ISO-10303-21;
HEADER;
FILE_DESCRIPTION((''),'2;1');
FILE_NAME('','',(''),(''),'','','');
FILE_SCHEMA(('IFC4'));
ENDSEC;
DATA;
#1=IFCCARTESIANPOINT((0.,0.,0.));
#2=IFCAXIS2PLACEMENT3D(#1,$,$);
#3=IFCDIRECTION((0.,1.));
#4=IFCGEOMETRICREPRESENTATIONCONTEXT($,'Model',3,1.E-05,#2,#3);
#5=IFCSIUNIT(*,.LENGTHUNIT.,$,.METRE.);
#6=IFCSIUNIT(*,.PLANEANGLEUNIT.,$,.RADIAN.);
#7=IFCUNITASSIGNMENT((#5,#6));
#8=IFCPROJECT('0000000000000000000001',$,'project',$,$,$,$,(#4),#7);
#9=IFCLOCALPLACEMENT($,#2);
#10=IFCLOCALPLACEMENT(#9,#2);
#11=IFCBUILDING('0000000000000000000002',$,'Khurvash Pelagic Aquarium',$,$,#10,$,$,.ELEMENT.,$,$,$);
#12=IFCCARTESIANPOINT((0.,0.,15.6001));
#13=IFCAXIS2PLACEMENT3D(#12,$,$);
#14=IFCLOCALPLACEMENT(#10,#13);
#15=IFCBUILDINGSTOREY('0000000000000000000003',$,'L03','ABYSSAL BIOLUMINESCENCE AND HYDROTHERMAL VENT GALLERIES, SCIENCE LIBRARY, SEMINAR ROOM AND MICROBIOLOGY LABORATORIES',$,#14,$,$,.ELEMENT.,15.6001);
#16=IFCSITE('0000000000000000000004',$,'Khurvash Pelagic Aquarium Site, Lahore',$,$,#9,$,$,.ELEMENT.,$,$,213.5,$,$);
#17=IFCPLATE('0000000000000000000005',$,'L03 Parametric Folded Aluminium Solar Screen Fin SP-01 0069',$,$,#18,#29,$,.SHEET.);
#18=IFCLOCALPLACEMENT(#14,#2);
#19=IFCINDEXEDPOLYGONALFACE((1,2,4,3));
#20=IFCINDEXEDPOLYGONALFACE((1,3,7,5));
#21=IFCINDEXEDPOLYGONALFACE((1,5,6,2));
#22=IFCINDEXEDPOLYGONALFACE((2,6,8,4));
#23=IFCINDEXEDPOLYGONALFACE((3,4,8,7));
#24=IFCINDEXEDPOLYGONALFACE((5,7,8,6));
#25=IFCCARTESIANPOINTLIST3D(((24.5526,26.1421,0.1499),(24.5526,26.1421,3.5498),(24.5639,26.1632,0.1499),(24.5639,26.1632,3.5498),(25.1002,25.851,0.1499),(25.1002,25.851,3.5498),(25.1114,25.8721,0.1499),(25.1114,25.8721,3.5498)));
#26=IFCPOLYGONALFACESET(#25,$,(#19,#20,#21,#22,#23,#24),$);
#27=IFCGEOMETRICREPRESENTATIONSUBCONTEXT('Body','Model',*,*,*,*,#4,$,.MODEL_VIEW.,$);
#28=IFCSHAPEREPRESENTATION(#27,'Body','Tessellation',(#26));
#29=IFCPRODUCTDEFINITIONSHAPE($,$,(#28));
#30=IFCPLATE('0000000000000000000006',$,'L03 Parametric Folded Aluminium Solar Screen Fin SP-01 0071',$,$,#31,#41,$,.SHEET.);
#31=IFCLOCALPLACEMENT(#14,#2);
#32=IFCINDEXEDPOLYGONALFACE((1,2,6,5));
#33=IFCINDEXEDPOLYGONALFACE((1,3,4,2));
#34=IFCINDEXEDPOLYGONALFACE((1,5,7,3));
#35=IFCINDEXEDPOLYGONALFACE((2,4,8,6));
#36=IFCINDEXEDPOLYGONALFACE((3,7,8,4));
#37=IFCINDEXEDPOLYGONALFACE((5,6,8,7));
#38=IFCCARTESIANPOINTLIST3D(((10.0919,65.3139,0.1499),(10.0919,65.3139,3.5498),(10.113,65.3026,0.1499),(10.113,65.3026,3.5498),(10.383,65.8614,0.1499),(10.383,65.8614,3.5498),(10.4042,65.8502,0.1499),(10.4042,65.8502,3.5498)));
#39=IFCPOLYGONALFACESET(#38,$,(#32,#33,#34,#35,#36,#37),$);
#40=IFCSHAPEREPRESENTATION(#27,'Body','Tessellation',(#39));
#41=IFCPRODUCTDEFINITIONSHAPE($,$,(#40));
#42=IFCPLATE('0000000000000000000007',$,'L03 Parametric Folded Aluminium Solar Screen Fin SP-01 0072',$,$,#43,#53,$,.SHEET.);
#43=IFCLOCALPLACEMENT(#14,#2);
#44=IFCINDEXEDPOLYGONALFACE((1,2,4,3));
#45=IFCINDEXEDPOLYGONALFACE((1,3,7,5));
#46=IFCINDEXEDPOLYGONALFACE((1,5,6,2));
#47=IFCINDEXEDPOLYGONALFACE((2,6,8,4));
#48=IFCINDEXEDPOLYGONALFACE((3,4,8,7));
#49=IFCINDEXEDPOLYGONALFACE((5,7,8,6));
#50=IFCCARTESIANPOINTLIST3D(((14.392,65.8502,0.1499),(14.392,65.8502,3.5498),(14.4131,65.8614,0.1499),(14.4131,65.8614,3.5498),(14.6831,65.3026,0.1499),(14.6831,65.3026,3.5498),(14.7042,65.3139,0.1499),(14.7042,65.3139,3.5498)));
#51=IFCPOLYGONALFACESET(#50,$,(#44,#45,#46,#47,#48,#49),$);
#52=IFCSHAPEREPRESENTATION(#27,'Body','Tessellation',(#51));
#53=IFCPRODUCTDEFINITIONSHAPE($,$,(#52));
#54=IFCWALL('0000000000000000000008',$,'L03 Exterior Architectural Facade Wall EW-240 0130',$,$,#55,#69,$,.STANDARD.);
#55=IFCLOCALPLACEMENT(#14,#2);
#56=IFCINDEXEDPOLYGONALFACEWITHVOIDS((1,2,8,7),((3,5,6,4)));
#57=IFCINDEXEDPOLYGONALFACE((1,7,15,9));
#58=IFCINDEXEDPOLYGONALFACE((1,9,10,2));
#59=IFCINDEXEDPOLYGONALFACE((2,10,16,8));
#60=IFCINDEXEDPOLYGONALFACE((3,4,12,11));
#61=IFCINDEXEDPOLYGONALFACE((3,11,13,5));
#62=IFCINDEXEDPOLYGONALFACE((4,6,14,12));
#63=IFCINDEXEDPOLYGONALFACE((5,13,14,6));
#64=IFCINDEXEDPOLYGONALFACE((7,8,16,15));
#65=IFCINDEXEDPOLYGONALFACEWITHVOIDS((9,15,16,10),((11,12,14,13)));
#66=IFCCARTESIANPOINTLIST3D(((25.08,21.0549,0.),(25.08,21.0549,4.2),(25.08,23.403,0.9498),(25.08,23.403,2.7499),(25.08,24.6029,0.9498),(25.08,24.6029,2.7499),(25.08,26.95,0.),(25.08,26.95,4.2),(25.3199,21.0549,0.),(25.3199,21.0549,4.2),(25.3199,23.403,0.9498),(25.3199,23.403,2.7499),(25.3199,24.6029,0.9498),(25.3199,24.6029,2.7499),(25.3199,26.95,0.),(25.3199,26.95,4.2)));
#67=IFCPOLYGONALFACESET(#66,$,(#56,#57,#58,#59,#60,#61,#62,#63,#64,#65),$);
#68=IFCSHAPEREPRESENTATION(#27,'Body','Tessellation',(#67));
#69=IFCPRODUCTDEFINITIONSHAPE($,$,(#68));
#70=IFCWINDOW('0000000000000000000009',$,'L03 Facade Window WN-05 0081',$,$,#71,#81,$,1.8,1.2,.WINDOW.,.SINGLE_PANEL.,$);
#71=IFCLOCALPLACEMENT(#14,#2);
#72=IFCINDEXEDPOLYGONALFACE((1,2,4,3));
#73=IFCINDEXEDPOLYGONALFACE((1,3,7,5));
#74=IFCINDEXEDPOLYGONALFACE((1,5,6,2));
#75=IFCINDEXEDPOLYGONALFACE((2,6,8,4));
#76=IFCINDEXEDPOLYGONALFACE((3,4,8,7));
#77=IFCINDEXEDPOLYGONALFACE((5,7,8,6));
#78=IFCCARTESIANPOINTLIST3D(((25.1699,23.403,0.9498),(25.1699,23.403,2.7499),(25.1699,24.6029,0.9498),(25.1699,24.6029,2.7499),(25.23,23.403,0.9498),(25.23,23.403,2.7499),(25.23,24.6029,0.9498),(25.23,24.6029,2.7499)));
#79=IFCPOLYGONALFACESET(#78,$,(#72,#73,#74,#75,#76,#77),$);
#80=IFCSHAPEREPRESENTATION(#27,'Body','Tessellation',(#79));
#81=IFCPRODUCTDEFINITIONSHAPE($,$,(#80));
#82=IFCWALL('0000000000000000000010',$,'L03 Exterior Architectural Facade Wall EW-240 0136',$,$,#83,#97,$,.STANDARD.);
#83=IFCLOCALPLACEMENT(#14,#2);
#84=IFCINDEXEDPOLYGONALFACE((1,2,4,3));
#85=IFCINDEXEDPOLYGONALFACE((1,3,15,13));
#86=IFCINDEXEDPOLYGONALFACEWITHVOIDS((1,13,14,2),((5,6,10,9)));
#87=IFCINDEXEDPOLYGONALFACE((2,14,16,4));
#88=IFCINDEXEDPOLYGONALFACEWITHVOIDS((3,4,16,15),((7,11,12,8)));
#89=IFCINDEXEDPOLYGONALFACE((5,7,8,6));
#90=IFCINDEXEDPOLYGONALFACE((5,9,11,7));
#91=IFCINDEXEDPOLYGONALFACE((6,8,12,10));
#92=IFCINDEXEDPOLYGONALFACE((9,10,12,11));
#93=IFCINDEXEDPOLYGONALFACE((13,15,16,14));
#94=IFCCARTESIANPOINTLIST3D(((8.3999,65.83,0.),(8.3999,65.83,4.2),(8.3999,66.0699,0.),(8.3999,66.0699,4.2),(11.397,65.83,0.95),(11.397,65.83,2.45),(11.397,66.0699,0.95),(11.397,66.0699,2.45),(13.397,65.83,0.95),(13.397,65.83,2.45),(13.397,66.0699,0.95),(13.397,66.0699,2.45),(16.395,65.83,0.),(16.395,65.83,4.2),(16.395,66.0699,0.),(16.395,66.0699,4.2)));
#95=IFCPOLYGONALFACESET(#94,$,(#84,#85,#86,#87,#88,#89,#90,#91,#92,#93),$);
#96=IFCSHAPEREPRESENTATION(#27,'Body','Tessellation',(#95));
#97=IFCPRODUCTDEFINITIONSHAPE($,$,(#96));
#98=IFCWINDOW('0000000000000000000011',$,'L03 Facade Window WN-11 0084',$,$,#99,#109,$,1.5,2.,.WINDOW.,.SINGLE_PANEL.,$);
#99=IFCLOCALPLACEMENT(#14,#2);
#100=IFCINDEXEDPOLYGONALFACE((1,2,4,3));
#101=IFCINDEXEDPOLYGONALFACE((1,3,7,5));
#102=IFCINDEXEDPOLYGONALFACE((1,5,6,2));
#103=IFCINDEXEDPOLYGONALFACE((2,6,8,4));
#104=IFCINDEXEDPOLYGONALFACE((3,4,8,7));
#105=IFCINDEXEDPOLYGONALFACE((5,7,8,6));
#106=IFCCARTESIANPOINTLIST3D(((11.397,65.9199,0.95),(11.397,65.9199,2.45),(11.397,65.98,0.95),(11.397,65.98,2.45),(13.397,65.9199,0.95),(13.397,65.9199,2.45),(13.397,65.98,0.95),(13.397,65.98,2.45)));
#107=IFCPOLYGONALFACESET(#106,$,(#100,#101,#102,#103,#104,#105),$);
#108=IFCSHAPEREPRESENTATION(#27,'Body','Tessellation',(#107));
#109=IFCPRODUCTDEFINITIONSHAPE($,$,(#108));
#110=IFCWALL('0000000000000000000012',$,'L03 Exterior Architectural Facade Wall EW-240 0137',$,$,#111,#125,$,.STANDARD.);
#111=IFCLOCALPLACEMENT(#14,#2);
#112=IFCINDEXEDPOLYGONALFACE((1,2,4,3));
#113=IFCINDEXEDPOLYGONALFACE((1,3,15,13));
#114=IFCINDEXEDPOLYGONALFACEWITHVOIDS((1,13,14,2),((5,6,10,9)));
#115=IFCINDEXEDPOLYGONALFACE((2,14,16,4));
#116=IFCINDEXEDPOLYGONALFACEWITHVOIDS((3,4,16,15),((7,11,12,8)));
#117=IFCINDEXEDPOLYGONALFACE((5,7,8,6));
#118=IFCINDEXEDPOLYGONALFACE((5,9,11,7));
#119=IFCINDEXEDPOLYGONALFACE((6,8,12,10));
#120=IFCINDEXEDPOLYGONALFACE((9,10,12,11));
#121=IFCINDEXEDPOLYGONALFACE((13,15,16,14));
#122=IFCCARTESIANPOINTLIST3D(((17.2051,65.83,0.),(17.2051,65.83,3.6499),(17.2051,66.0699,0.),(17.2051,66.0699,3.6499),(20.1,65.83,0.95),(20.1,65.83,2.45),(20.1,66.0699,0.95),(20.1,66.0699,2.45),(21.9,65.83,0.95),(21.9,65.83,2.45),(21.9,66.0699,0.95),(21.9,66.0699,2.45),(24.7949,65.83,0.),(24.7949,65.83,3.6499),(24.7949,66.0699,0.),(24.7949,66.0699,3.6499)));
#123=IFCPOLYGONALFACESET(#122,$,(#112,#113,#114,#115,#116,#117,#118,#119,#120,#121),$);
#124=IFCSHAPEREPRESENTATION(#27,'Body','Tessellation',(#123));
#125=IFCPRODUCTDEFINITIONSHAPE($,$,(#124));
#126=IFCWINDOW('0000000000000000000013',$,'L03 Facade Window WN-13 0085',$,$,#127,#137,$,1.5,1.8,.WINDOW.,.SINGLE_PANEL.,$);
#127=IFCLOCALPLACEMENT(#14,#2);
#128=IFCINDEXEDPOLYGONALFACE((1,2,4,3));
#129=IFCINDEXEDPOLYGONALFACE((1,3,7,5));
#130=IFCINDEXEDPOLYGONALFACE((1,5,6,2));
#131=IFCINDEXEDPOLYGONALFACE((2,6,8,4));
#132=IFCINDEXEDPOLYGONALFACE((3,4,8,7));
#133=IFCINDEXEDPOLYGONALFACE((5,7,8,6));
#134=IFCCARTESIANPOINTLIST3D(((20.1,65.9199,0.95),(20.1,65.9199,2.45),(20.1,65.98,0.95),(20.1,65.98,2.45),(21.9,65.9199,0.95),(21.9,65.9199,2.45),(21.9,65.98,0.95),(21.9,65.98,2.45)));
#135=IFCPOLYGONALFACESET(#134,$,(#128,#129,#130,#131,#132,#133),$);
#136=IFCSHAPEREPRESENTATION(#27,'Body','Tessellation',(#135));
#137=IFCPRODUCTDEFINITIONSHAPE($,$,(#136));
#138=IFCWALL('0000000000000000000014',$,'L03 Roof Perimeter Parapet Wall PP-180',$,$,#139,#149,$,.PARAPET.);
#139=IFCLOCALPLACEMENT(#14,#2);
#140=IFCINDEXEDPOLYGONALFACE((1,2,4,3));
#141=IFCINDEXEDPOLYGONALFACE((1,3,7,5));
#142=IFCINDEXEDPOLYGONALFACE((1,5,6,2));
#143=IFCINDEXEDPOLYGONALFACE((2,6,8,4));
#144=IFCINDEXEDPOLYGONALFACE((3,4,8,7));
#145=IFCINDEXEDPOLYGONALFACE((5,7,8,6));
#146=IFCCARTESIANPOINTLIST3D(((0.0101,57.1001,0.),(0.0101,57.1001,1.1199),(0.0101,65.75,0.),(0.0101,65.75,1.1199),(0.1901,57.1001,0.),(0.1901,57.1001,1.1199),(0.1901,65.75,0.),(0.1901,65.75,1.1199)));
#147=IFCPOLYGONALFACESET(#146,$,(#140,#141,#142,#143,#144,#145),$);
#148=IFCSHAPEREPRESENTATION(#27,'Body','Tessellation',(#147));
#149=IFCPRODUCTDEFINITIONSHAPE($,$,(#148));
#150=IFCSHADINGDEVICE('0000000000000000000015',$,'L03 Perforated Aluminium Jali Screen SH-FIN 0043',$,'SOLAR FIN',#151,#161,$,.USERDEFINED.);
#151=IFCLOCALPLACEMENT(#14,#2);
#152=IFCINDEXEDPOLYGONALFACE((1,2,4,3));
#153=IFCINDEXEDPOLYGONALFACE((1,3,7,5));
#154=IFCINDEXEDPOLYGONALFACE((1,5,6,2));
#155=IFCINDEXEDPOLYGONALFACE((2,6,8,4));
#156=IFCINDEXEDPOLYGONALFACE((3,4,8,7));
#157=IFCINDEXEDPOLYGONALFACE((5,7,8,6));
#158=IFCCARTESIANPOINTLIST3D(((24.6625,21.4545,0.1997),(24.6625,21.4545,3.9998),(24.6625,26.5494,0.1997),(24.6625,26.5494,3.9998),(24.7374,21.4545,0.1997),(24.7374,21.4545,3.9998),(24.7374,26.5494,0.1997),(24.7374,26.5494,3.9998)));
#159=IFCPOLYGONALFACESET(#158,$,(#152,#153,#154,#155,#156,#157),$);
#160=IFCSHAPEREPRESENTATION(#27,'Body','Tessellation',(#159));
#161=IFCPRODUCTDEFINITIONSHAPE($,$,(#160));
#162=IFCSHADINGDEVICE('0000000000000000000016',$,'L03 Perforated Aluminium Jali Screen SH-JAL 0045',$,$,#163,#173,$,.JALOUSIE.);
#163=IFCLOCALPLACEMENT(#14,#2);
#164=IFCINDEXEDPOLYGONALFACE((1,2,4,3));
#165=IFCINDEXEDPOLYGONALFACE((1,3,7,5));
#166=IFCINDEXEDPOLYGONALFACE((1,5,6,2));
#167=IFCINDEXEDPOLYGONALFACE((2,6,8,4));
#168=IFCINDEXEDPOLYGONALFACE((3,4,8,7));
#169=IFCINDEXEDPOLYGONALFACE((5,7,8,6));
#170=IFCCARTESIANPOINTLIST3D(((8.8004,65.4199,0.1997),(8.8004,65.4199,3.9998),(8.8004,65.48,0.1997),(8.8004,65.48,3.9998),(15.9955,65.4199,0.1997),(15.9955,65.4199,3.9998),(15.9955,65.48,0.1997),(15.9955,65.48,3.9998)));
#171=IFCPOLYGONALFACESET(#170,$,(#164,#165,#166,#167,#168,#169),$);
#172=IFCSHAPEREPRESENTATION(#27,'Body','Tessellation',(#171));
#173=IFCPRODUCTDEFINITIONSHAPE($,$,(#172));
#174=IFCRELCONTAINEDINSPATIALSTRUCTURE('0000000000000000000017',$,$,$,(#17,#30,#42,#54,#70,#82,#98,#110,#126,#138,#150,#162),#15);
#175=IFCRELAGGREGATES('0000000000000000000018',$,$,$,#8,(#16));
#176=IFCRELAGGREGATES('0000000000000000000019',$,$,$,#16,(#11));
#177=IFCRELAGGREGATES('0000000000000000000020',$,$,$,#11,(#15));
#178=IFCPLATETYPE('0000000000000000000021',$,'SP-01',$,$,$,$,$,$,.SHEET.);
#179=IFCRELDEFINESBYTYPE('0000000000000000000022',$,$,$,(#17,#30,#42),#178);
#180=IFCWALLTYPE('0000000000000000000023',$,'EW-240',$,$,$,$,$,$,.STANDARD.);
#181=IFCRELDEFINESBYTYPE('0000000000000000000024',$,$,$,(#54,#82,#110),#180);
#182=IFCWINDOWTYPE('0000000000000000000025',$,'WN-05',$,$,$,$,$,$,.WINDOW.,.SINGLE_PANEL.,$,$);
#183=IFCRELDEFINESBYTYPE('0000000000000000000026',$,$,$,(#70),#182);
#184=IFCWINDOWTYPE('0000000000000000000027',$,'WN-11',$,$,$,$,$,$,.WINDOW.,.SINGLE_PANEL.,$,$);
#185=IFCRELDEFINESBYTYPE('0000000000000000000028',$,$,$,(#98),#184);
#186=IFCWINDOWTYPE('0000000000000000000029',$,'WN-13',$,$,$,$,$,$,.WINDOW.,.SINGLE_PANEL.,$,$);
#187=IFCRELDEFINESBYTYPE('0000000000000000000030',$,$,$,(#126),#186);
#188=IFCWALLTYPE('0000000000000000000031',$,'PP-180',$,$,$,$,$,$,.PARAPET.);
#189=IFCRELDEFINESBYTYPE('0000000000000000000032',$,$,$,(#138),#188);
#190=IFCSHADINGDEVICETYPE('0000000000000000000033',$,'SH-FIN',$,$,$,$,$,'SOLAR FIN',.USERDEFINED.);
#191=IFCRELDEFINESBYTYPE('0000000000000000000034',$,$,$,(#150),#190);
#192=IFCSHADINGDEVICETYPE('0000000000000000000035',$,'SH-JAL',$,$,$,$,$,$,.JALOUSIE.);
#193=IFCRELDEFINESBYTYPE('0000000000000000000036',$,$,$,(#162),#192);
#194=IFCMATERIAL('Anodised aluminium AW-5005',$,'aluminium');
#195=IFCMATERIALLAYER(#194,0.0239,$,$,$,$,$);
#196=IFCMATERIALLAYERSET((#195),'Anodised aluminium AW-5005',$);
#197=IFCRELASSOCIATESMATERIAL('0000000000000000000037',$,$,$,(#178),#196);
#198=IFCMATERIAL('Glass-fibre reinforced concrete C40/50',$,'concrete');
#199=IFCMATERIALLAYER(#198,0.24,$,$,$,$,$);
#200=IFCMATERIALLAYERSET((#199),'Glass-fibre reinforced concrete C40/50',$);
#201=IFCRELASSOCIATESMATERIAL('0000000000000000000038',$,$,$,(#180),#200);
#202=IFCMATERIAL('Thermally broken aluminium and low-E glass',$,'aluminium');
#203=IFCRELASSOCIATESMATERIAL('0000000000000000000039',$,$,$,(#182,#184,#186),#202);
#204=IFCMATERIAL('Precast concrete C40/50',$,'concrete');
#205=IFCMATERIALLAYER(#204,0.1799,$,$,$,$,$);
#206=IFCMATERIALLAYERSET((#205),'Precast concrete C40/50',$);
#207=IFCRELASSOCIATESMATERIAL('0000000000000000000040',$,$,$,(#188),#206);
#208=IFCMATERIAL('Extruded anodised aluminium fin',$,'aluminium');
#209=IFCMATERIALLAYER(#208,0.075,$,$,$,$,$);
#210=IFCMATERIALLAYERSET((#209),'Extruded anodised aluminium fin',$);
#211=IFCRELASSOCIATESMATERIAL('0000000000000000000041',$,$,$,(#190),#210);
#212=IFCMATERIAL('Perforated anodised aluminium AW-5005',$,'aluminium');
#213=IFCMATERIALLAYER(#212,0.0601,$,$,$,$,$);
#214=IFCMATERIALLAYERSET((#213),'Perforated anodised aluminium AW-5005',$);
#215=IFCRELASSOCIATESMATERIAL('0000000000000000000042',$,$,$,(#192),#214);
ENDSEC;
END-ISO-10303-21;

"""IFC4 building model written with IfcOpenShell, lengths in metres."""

from ifc_helpers import new_model, si_unit, direction, frame, frame_2d, origin, origin_2d, place, context, subcontext, project, spatial, rectangle, extrude, material, layer, layer_set, type_object, element, fill, save


model = new_model("IFC4")

# Units and contexts
model_context = context("Model", 3, precision=1e-05, world=origin(), true_north=direction((0.0, 1.0)))
body_context = subcontext(model_context, "Body", "Model", "MODEL_VIEW")
ifc_project = project(units=[si_unit("LENGTHUNIT", "METRE"), si_unit("PLANEANGLEUNIT", "RADIAN")], contexts=[model_context])

# Site, building, storey
site_placement = place(None, origin())
site = spatial("IfcSite", under=ifc_project, at=site_placement, Name="Khurvash Pelagic Aquarium Site, Lahore", CompositionType="ELEMENT", RefElevation=213.5)
building_placement = place(site_placement, origin())
building = spatial("IfcBuilding", under=site, at=building_placement, Name="Khurvash Pelagic Aquarium", CompositionType="ELEMENT")
storey_placement = place(building_placement, frame((0.0, 0.0, 15.6001)))
storey = spatial("IfcBuildingStorey", under=building, at=storey_placement, Name="L03", Description="ABYSSAL BIOLUMINESCENCE AND HYDROTHERMAL VENT GALLERIES, SCIENCE LIBRARY, SEMINAR ROOM AND MICROBIOLOGY LABORATORIES", CompositionType="ELEMENT", Elevation=15.6001)

# Plates
ifc_material_1 = material(Name="Anodised aluminium AW-5005", Category="aluminium")
ifc_layer_1 = layer(ifc_material_1, 0.0239)
ifc_layer_set_1 = layer_set([ifc_layer_1], Name="Anodised aluminium AW-5005")
plate_type = type_object("IfcPlateType", Name="SP-01", PredefinedType="SHEET", material=ifc_layer_set_1)
for number, where, z_axis, x_axis, name in (
    (1, (24.832, 26.0071, 0.1499), (0.0, 0.0, 1.0), (-0.882948, 0.469472, 0.0), "L03 Parametric Folded Aluminium Solar Screen Fin SP-01 0069"),
    (2, (10.248, 65.582, 0.1499), (0.0, 0.0, 1.0), (-0.469472, -0.882948, 0.0), "L03 Parametric Folded Aluminium Solar Screen Fin SP-01 0071"),
    (3, (14.5481, 65.582, 0.1499), (0.0, 0.0, 1.0), (0.469472, -0.882948, 0.0), "L03 Parametric Folded Aluminium Solar Screen Fin SP-01 0072"),
):
    element("IfcPlate", number, at=place(storey_placement, frame(where, z_axis=z_axis, x_axis=x_axis)), inside=storey, type_object=plate_type, Name=name, PredefinedType="SHEET", context=body_context, shape_type="SweptSolid", body=[
        extrude(rectangle(XDim=0.6201, YDim=0.0239, at=origin_2d()), origin(), (0.0, 0.0, 1.0), 3.3999),
    ])

# Walls, openings, windows
ifc_material_2 = material(Name="Glass-fibre reinforced concrete C40/50", Category="concrete")
ifc_layer_2 = layer(ifc_material_2, 0.24)
ifc_layer_set_2 = layer_set([ifc_layer_2], Name="Glass-fibre reinforced concrete C40/50")
wall_type_1 = type_object("IfcWallType", Name="EW-240", PredefinedType="STANDARD", material=ifc_layer_set_2)
wall_1_placement = place(storey_placement, frame((25.2, 26.95, 0.0), z_axis=(0.0, 0.0, 1.0), x_axis=(0.0, -1.0, 0.0)))
wall_1 = element("IfcWall", 4, at=wall_1_placement, inside=storey, type_object=wall_type_1, Name="L03 Exterior Architectural Facade Wall EW-240 0130", PredefinedType="STANDARD", context=body_context, shape_type="SweptSolid", body=[
    extrude(rectangle(XDim=5.895, YDim=0.24, at=frame_2d((2.9475, 0.0))), origin(), (0.0, 0.0, 1.0), 4.2),
])
opening_1_placement = place(wall_1_placement, frame((2.3469, 0.0, 0.95)))
opening_1 = element("IfcOpeningElement", 5, at=opening_1_placement, cuts=wall_1, PredefinedType="OPENING", context=body_context, shape_type="SweptSolid", body=[
    extrude(rectangle(XDim=1.2, YDim=1.8, at=frame_2d((0.6001, 0.8999))), frame((0.0, 0.1299, 0.0), z_axis=(0.0, -1.0, 0.0), x_axis=(1.0, 0.0, 0.0)), (0.0, 0.0, 1.0), 0.26),
])
ifc_material_3 = material(Name="Thermally broken aluminium and low-E glass", Category="aluminium")
window_type_1 = type_object("IfcWindowType", Name="WN-05", PartitioningType="SINGLE_PANEL", PredefinedType="WINDOW", material=ifc_material_3)
window_1_placement = place(opening_1_placement, origin())
window_1 = element("IfcWindow", 6, at=window_1_placement, inside=storey, type_object=window_type_1, Name="L03 Facade Window WN-05 0081", OverallHeight=1.8, OverallWidth=1.2, PartitioningType="SINGLE_PANEL", PredefinedType="WINDOW", context=body_context, shape_type="SweptSolid", body=[
    extrude(rectangle(XDim=1.2, YDim=1.8, at=frame_2d((0.6001, 0.8999))), frame((0.0, 0.03, 0.0), z_axis=(0.0, -1.0, 0.0), x_axis=(1.0, 0.0, 0.0)), (0.0, 0.0, 1.0), 0.0601),
])
fill(opening_1, window_1)
wall_2_placement = place(storey_placement, frame((8.3999, 65.95, 0.0), z_axis=(0.0, 0.0, 1.0), x_axis=(1.0, 0.0, 0.0)))
wall_2 = element("IfcWall", 7, at=wall_2_placement, inside=storey, type_object=wall_type_1, Name="L03 Exterior Architectural Facade Wall EW-240 0136", PredefinedType="STANDARD", context=body_context, shape_type="SweptSolid", body=[
    extrude(rectangle(XDim=7.9951, YDim=0.24, at=frame_2d((3.9976, 0.0))), origin(), (0.0, 0.0, 1.0), 4.2),
])
opening_2_placement = place(wall_2_placement, frame((2.9971, 0.0, 0.95)))
opening_2 = element("IfcOpeningElement", 8, at=opening_2_placement, cuts=wall_2, PredefinedType="OPENING", context=body_context, shape_type="SweptSolid", body=[
    extrude(rectangle(XDim=2.0, YDim=1.5, at=frame_2d((1.0, 0.75))), frame((0.0, 0.1299, 0.0), z_axis=(0.0, -1.0, 0.0), x_axis=(1.0, 0.0, 0.0)), (0.0, 0.0, 1.0), 0.26),
])
window_type_2 = type_object("IfcWindowType", Name="WN-11", PartitioningType="SINGLE_PANEL", PredefinedType="WINDOW", material=ifc_material_3)
window_2_placement = place(opening_2_placement, origin())
window_2 = element("IfcWindow", 9, at=window_2_placement, inside=storey, type_object=window_type_2, Name="L03 Facade Window WN-11 0084", OverallHeight=1.5, OverallWidth=2.0, PartitioningType="SINGLE_PANEL", PredefinedType="WINDOW", context=body_context, shape_type="SweptSolid", body=[
    extrude(rectangle(XDim=2.0, YDim=1.5, at=frame_2d((1.0, 0.75))), frame((0.0, 0.03, 0.0), z_axis=(0.0, -1.0, 0.0), x_axis=(1.0, 0.0, 0.0)), (0.0, 0.0, 1.0), 0.0601),
])
fill(opening_2, window_2)
wall_3_placement = place(storey_placement, frame((17.2051, 65.95, 0.0), z_axis=(0.0, 0.0, 1.0), x_axis=(1.0, 0.0, 0.0)))
wall_3 = element("IfcWall", 10, at=wall_3_placement, inside=storey, type_object=wall_type_1, Name="L03 Exterior Architectural Facade Wall EW-240 0137", PredefinedType="STANDARD", context=body_context, shape_type="SweptSolid", body=[
    extrude(rectangle(XDim=7.5898, YDim=0.24, at=frame_2d((3.7949, 0.0))), origin(), (0.0, 0.0, 1.0), 3.6499),
])
opening_3_placement = place(wall_3_placement, frame((2.895, 0.0, 0.95)))
opening_3 = element("IfcOpeningElement", 11, at=opening_3_placement, cuts=wall_3, PredefinedType="OPENING", context=body_context, shape_type="SweptSolid", body=[
    extrude(rectangle(XDim=1.8, YDim=1.5, at=frame_2d((0.8999, 0.75))), frame((0.0, 0.1299, 0.0), z_axis=(0.0, -1.0, 0.0), x_axis=(1.0, 0.0, 0.0)), (0.0, 0.0, 1.0), 0.26),
])
window_type_3 = type_object("IfcWindowType", Name="WN-13", PartitioningType="SINGLE_PANEL", PredefinedType="WINDOW", material=ifc_material_3)
window_3_placement = place(opening_3_placement, origin())
window_3 = element("IfcWindow", 12, at=window_3_placement, inside=storey, type_object=window_type_3, Name="L03 Facade Window WN-13 0085", OverallHeight=1.5, OverallWidth=1.8, PartitioningType="SINGLE_PANEL", PredefinedType="WINDOW", context=body_context, shape_type="SweptSolid", body=[
    extrude(rectangle(XDim=1.8, YDim=1.5, at=frame_2d((0.8999, 0.75))), frame((0.0, 0.03, 0.0), z_axis=(0.0, -1.0, 0.0), x_axis=(1.0, 0.0, 0.0)), (0.0, 0.0, 1.0), 0.0601),
])
fill(opening_3, window_3)

# Wall
ifc_material_4 = material(Name="Precast concrete C40/50", Category="concrete")
ifc_layer_3 = layer(ifc_material_4, 0.1799)
ifc_layer_set_3 = layer_set([ifc_layer_3], Name="Precast concrete C40/50")
wall_type_2 = type_object("IfcWallType", Name="PP-180", PredefinedType="PARAPET", material=ifc_layer_set_3)
wall_4_placement = place(storey_placement, frame((0.1001, 57.1001, 0.0), z_axis=(0.0, 0.0, 1.0), x_axis=(0.0, 1.0, 0.0)))
element("IfcWall", 13, at=wall_4_placement, inside=storey, type_object=wall_type_2, Name="L03 Roof Perimeter Parapet Wall PP-180", PredefinedType="PARAPET", context=body_context, shape_type="SweptSolid", body=[
    extrude(rectangle(XDim=8.6499, YDim=0.1799, at=frame_2d((4.325, 0.0))), origin(), (0.0, 0.0, 1.0), 1.1199),
])

# Shading devices
ifc_material_5 = material(Name="Extruded anodised aluminium fin", Category="aluminium")
ifc_layer_4 = layer(ifc_material_5, 0.075)
ifc_layer_set_4 = layer_set([ifc_layer_4], Name="Extruded anodised aluminium fin")
shading_device_type_1 = type_object("IfcShadingDeviceType", Name="SH-FIN", ElementType="SOLAR FIN", PredefinedType="USERDEFINED", material=ifc_layer_set_4)
shading_device_1_placement = place(storey_placement, frame((24.7, 24.002, 0.1997), z_axis=(0.0, 0.0, 1.0), x_axis=(0.0, -1.0, 0.0)))
element("IfcShadingDevice", 14, at=shading_device_1_placement, inside=storey, type_object=shading_device_type_1, Name="L03 Perforated Aluminium Jali Screen SH-FIN 0043", ObjectType="SOLAR FIN", PredefinedType="USERDEFINED", context=body_context, shape_type="SweptSolid", body=[
    extrude(rectangle(XDim=5.095, YDim=0.075, at=origin_2d()), origin(), (0.0, 0.0, 1.0), 3.8),
])
ifc_material_6 = material(Name="Perforated anodised aluminium AW-5005", Category="aluminium")
ifc_layer_5 = layer(ifc_material_6, 0.0601)
ifc_layer_set_5 = layer_set([ifc_layer_5], Name="Perforated anodised aluminium AW-5005")
shading_device_type_2 = type_object("IfcShadingDeviceType", Name="SH-JAL", PredefinedType="JALOUSIE", material=ifc_layer_set_5)
shading_device_2_placement = place(storey_placement, frame((12.3979, 65.45, 0.1997), z_axis=(0.0, 0.0, 1.0), x_axis=(1.0, 0.0, 0.0)))
element("IfcShadingDevice", 15, at=shading_device_2_placement, inside=storey, type_object=shading_device_type_2, Name="L03 Perforated Aluminium Jali Screen SH-JAL 0045", PredefinedType="JALOUSIE", context=body_context, shape_type="SweptSolid", body=[
    extrude(rectangle(XDim=7.1951, YDim=0.0601, at=origin_2d()), origin(), (0.0, 0.0, 1.0), 3.8),
])

save(model, "model.ifc")
